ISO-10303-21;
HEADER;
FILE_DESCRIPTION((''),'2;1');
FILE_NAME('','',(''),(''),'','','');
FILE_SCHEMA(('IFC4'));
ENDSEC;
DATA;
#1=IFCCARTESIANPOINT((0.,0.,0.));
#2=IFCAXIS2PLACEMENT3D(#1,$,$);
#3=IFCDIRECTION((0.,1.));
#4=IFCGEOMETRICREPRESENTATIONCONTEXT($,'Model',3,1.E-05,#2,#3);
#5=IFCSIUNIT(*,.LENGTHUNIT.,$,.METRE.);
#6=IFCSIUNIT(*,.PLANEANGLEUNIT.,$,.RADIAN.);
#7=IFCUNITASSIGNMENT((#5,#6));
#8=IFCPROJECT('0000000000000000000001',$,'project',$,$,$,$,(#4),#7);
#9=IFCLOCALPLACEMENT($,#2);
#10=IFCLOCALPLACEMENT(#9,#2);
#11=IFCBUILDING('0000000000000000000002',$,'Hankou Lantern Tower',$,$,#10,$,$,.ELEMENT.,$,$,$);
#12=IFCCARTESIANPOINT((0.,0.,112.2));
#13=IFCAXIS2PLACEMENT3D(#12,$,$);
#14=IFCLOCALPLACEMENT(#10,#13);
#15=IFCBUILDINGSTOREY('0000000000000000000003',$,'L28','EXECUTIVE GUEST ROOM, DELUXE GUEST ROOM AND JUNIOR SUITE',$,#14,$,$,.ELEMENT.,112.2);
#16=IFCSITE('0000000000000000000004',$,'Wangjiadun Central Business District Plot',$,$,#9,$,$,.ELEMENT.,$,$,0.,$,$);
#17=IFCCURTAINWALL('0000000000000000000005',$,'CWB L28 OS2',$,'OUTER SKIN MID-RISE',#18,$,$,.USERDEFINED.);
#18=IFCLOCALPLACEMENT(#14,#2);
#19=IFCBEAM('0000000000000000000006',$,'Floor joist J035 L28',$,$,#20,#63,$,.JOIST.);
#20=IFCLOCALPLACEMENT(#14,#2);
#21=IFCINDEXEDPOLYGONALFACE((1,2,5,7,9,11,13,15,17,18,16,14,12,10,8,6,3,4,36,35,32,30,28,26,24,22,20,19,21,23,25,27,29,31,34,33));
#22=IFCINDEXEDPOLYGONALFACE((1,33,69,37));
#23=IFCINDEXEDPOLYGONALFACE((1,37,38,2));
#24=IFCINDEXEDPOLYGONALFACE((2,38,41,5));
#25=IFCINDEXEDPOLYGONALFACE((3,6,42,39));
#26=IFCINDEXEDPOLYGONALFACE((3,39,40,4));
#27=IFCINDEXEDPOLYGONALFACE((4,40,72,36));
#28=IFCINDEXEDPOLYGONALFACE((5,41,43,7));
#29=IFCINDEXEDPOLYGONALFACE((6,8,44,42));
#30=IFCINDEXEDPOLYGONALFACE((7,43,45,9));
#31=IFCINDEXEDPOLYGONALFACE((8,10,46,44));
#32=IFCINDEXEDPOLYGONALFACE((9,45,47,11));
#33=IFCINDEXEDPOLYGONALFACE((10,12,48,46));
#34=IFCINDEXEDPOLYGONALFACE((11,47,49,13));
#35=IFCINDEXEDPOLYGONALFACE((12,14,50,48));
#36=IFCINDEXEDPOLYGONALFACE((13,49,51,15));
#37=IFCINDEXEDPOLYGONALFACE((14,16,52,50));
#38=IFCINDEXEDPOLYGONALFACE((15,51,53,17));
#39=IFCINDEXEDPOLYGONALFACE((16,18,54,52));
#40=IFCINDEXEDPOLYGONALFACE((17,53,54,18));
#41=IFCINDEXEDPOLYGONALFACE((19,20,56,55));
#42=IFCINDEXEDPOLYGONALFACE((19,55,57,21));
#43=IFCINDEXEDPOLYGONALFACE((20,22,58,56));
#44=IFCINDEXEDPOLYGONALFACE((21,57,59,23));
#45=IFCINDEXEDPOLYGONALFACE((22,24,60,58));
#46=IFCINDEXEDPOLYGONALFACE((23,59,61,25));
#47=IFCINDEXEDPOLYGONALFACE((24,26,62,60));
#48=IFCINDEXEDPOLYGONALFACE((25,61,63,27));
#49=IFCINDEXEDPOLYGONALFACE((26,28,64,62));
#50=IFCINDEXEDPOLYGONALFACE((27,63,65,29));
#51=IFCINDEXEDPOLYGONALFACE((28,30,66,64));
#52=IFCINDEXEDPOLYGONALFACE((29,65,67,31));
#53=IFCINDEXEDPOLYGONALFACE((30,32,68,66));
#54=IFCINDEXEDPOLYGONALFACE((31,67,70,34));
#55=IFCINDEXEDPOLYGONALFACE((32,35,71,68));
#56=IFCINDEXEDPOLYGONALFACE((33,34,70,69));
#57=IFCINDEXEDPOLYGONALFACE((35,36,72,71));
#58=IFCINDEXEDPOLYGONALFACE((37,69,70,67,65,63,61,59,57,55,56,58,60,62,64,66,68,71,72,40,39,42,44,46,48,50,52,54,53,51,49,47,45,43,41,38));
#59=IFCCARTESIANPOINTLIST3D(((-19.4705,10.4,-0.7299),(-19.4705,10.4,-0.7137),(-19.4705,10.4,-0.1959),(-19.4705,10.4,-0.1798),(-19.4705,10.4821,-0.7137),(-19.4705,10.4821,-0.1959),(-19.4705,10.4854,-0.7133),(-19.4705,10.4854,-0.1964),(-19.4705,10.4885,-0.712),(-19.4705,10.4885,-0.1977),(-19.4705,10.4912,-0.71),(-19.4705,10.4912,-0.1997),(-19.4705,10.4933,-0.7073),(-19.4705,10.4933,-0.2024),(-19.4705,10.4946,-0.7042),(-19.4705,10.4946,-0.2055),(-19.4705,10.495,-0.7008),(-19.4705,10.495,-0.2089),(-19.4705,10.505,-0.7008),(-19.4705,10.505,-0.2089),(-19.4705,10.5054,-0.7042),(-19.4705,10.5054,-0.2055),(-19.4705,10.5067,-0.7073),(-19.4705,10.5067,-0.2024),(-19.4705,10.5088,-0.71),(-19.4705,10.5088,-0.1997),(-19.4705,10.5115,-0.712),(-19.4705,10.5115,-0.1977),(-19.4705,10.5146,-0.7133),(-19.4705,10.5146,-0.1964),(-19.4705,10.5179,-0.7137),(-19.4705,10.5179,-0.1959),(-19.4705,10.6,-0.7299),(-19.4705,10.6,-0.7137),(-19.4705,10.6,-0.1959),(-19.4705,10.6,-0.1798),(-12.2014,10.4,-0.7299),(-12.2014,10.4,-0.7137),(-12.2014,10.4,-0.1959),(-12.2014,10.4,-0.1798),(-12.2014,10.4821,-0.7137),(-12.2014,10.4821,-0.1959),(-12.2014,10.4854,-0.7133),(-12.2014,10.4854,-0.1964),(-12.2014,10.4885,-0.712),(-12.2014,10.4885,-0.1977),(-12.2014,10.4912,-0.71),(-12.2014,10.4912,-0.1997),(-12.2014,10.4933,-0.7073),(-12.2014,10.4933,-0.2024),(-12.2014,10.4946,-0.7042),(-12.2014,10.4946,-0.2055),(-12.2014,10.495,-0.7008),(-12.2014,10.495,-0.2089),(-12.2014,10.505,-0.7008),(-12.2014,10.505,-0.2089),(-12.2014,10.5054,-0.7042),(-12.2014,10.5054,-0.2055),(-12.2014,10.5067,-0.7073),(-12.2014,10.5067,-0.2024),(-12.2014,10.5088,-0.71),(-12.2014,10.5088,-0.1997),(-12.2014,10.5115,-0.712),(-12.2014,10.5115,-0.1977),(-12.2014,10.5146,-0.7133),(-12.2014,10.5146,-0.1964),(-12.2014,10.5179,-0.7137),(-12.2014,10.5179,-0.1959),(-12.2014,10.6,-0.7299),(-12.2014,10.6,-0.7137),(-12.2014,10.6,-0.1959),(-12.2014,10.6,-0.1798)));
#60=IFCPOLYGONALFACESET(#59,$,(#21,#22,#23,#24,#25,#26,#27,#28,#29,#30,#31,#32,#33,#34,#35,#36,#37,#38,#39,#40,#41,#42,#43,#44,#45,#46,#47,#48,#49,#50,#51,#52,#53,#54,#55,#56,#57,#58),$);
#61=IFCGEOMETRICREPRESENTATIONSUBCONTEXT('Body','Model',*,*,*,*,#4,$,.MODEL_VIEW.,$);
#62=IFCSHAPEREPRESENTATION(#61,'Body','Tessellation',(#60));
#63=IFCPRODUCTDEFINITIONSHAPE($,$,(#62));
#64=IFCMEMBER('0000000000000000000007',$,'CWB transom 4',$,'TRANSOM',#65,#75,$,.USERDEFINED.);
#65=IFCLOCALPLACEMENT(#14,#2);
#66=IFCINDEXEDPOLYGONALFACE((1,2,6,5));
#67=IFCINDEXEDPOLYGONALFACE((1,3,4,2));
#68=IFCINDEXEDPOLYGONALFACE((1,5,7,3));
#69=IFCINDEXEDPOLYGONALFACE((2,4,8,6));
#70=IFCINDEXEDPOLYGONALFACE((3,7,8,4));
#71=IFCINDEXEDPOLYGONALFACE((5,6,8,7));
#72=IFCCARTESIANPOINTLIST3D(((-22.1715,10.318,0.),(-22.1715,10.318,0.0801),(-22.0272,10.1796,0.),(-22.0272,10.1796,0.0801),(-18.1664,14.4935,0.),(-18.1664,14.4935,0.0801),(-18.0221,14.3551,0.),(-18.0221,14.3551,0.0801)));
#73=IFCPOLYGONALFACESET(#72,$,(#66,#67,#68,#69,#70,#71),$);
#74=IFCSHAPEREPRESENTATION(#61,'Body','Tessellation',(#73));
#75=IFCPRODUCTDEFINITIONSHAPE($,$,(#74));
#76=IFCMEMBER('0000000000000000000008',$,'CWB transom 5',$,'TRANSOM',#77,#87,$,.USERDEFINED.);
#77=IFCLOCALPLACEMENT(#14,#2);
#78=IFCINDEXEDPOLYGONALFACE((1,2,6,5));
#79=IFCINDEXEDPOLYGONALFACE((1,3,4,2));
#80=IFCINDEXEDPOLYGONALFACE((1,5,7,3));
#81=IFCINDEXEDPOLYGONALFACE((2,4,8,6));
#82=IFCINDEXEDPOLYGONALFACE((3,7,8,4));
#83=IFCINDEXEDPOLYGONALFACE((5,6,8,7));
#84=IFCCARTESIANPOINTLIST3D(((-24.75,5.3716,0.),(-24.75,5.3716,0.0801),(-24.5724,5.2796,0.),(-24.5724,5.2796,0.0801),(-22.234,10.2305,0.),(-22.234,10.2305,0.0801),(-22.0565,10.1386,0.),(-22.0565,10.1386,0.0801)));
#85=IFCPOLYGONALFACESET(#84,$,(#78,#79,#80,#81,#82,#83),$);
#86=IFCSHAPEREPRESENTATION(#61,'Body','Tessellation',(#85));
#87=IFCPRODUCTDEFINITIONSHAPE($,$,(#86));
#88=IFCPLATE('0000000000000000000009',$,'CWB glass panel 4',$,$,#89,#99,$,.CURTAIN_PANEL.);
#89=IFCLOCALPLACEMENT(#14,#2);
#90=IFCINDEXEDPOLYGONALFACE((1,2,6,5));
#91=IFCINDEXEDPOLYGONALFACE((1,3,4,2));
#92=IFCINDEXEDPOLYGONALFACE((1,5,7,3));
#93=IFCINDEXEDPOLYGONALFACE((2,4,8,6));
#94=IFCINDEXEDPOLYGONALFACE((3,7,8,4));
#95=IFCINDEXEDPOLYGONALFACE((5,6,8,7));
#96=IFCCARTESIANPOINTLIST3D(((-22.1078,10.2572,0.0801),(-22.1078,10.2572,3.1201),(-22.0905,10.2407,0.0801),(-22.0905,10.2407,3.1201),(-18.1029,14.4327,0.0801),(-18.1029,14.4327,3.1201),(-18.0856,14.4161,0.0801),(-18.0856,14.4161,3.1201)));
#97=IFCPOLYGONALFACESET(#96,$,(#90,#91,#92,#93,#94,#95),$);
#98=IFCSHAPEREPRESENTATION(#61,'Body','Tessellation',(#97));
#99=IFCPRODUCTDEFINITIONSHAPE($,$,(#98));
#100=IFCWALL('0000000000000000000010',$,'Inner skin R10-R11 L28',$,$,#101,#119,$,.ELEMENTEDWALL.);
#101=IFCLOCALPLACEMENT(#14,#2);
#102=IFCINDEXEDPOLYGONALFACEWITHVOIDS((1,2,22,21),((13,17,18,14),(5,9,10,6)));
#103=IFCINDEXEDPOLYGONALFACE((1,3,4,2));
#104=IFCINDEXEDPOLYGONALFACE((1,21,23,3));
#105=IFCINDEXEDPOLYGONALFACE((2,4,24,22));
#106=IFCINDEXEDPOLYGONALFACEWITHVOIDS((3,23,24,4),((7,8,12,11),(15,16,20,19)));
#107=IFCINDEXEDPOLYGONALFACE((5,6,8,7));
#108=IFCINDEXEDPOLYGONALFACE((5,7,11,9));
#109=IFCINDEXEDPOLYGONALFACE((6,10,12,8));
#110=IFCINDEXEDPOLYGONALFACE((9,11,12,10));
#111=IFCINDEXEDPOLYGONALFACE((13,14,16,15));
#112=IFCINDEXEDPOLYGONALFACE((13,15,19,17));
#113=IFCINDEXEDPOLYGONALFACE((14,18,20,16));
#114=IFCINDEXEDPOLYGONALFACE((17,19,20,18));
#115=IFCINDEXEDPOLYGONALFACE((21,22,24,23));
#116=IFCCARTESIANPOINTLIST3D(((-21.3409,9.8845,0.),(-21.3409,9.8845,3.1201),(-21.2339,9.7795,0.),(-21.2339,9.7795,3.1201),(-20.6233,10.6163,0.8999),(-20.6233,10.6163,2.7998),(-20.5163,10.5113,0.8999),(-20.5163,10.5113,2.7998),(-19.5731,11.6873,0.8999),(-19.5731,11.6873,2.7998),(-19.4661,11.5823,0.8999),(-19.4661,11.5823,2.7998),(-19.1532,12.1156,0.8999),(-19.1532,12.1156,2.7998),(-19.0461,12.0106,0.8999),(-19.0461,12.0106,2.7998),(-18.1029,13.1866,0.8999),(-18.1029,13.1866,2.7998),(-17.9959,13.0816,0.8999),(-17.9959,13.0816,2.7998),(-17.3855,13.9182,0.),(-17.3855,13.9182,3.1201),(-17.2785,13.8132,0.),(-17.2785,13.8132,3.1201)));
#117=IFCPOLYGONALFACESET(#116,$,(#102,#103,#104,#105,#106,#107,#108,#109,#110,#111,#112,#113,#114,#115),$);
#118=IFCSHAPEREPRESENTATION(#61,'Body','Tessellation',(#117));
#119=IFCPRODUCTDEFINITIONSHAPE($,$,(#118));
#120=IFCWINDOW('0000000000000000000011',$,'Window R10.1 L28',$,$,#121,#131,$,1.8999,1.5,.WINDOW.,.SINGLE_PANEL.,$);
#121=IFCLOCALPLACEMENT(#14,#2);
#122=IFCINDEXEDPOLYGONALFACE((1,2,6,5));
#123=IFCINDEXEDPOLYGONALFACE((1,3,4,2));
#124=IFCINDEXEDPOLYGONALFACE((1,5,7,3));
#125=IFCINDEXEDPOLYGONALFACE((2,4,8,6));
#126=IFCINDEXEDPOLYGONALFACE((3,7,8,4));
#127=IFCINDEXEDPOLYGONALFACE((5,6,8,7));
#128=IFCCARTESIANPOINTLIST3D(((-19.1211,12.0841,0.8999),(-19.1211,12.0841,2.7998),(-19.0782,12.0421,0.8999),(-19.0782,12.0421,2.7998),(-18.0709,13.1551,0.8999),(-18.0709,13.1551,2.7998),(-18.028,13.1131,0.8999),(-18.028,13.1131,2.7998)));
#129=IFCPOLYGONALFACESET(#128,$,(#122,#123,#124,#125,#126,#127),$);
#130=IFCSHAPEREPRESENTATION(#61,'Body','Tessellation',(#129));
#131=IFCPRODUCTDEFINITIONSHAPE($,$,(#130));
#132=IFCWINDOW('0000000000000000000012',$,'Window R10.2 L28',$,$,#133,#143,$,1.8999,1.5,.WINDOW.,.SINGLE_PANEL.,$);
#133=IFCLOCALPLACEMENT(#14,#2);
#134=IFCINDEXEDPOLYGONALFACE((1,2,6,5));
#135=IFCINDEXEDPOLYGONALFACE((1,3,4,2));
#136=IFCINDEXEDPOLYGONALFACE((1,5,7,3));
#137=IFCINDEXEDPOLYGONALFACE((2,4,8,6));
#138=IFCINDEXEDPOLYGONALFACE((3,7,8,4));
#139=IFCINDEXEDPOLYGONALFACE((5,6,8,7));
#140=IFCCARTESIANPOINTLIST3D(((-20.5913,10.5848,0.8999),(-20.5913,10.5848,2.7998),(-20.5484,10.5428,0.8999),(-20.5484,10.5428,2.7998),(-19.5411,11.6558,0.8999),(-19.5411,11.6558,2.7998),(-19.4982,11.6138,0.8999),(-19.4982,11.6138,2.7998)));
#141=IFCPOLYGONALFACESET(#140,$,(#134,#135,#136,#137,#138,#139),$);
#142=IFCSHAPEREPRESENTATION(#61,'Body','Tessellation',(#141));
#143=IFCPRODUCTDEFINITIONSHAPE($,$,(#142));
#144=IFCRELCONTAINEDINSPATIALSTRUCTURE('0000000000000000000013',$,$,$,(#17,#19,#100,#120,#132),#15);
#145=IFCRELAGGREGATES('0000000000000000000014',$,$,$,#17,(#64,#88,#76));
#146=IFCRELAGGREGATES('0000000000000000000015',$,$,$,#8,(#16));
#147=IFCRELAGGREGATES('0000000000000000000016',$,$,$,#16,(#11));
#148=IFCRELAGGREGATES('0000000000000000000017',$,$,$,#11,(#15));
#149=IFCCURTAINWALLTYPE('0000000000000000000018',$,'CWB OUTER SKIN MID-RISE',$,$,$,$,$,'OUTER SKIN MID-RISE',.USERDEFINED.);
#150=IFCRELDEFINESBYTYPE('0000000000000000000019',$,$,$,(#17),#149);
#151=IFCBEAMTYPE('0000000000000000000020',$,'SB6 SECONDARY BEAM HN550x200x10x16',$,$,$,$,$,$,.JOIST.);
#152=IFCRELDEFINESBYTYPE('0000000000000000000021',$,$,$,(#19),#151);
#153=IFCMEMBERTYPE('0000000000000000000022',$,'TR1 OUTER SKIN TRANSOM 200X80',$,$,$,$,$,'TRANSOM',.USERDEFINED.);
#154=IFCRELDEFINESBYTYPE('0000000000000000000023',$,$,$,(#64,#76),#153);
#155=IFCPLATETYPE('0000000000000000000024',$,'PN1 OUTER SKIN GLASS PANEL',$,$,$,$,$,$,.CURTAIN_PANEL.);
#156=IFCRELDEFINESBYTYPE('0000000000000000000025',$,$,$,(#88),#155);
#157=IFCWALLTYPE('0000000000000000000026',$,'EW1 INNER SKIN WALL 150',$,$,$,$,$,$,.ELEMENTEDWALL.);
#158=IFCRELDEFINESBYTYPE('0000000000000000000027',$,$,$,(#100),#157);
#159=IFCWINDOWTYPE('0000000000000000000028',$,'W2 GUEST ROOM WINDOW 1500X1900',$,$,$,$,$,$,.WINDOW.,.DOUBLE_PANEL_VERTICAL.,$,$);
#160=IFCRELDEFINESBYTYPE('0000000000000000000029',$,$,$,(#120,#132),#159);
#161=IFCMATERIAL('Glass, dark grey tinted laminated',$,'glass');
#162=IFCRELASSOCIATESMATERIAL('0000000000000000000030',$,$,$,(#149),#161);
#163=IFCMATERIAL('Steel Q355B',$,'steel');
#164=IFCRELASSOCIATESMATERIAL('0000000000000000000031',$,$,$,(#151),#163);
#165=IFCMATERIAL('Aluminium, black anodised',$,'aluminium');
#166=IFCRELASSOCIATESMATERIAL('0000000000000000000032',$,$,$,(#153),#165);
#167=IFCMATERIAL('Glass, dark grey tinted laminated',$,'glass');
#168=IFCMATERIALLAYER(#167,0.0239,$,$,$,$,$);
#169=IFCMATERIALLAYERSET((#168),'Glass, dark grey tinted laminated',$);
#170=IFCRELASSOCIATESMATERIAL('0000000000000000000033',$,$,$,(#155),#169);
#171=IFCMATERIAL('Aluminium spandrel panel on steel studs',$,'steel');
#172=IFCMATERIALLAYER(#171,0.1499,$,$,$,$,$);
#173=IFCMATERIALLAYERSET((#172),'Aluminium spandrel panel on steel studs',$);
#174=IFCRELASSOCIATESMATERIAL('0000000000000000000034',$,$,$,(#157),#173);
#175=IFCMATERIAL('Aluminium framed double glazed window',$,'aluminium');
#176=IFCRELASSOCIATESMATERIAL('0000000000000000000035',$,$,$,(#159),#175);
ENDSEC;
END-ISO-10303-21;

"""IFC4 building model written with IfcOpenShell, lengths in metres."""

from ifc_helpers import new_model, si_unit, direction, frame, frame_2d, origin, origin_2d, place, context, subcontext, project, spatial, rectangle, i_section, extrude, material, layer, layer_set, material_profile, profile_set, type_object, element, fill, aggregate, save


model = new_model("IFC4")

# Units and contexts
model_context = context("Model", 3, precision=1e-05, world=origin(), true_north=direction((0.0, 1.0)))
body_context = subcontext(model_context, "Body", "Model", "MODEL_VIEW")
ifc_project = project(units=[si_unit("LENGTHUNIT", "METRE"), si_unit("PLANEANGLEUNIT", "RADIAN")], contexts=[model_context])

# Site, building, storey
site_placement = place(None, origin())
site = spatial("IfcSite", under=ifc_project, at=site_placement, Name="Wangjiadun Central Business District Plot", CompositionType="ELEMENT", RefElevation=0.0)
building_placement = place(site_placement, origin())
building = spatial("IfcBuilding", under=site, at=building_placement, Name="Hankou Lantern Tower", CompositionType="ELEMENT")
storey_placement = place(building_placement, frame((0.0, 0.0, 112.2)))
storey = spatial("IfcBuildingStorey", under=building, at=storey_placement, Name="L28", Description="EXECUTIVE GUEST ROOM, DELUXE GUEST ROOM AND JUNIOR SUITE", CompositionType="ELEMENT", Elevation=112.2)

# Curtain wall
ifc_material_1 = material(Name="Glass, dark grey tinted laminated", Category="glass")
curtain_wall_type = type_object("IfcCurtainWallType", Name="CWB OUTER SKIN MID-RISE", ElementType="OUTER SKIN MID-RISE", PredefinedType="USERDEFINED", material=ifc_material_1)
curtain_wall_placement = place(storey_placement, origin())
curtain_wall = element("IfcCurtainWall", 1, at=curtain_wall_placement, inside=storey, type_object=curtain_wall_type, Name="CWB L28 OS2", ObjectType="OUTER SKIN MID-RISE", PredefinedType="USERDEFINED")

# Beam
ifc_material_2 = material(Name="Steel Q355B", Category="steel")
ifc_material_profile_1 = material_profile(ifc_material_2, i_section(OverallWidth=0.2, OverallDepth=0.55, WebThickness=0.01, FlangeThickness=0.0161, FilletRadius=0.0129, at=origin_2d()), Name="HN550x200x10x16")
ifc_profile_set_1 = profile_set([ifc_material_profile_1], Name="Steel Q355B")
beam_type_1 = type_object("IfcBeamType", Name="SB6 SECONDARY BEAM HN550x200x10x16", PredefinedType="JOIST", material=ifc_profile_set_1)
beam_1_placement = place(storey_placement, frame((-19.4705, 10.5, -0.4548), z_axis=(1.0, 0.0, 0.0), x_axis=(0.0, 1.0, 0.0)))
element("IfcBeam", 2, at=beam_1_placement, inside=storey, type_object=beam_type_1, Name="Floor joist J035 L28", PredefinedType="JOIST", context=body_context, shape_type="SweptSolid", body=[
    extrude(i_section(OverallWidth=0.2, OverallDepth=0.55, WebThickness=0.01, FlangeThickness=0.0161, FilletRadius=0.0129, at=origin_2d()), origin(), (0.0, 0.0, 1.0), 7.269),
])

# Members
ifc_material_3 = material(Name="Aluminium, black anodised", Category="aluminium")
ifc_material_profile_2 = material_profile(ifc_material_3, rectangle(XDim=0.2, YDim=0.0801, at=origin_2d()), Name="TR1 200X80")
ifc_profile_set_2 = profile_set([ifc_material_profile_2], Name="Aluminium, black anodised")
member_type_1 = type_object("IfcMemberType", Name="TR1 OUTER SKIN TRANSOM 200X80", ElementType="TRANSOM", PredefinedType="USERDEFINED", material=ifc_profile_set_2)
member_1_placement = place(storey_placement, frame((-18.0942, 14.4243, 0.04), z_axis=(-0.692227, -0.72168, 0.0), x_axis=(0.72168, -0.692227, 0.0)))
member_1 = element("IfcMember", 3, at=member_1_placement, type_object=member_type_1, Name="CWB transom 4", ObjectType="TRANSOM", PredefinedType="USERDEFINED", context=body_context, shape_type="SweptSolid", body=[
    extrude(rectangle(XDim=0.2, YDim=0.0801, at=origin_2d()), origin(), (0.0, 0.0, 1.0), 5.7859),
])
member_2_placement = place(storey_placement, frame((-22.1453, 10.1846, 0.04), z_axis=(-0.459805, -0.88802, 0.0), x_axis=(0.88802, -0.459805, 0.0)))
member_2 = element("IfcMember", 4, at=member_2_placement, type_object=member_type_1, Name="CWB transom 5", ObjectType="TRANSOM", PredefinedType="USERDEFINED", context=body_context, shape_type="SweptSolid", body=[
    extrude(rectangle(XDim=0.2, YDim=0.0801, at=origin_2d()), origin(), (0.0, 0.0, 1.0), 5.4717),
])

# Plate
ifc_material_4 = material(Name="Glass, dark grey tinted laminated", Category="glass")
ifc_layer_1 = layer(ifc_material_4, 0.0239)
ifc_layer_set_1 = layer_set([ifc_layer_1], Name="Glass, dark grey tinted laminated")
plate_type = type_object("IfcPlateType", Name="PN1 OUTER SKIN GLASS PANEL", PredefinedType="CURTAIN_PANEL", material=ifc_layer_set_1)
plate_placement = place(storey_placement, frame((-20.0967, 12.3367, 0.0801), z_axis=(0.0, 0.0, 1.0), x_axis=(-0.692216, -0.721691, 0.0)))
plate = element("IfcPlate", 5, at=plate_placement, type_object=plate_type, Name="CWB glass panel 4", PredefinedType="CURTAIN_PANEL", context=body_context, shape_type="SweptSolid", body=[
    extrude(rectangle(XDim=5.7856, YDim=0.0239, at=origin_2d()), origin(), (0.0, 0.0, 1.0), 3.04),
])
aggregate(curtain_wall, [member_1, plate, member_2])

# Wall, openings, windows
ifc_material_5 = material(Name="Aluminium spandrel panel on steel studs", Category="steel")
ifc_layer_2 = layer(ifc_material_5, 0.1499)
ifc_layer_set_2 = layer_set([ifc_layer_2], Name="Aluminium spandrel panel on steel studs")
wall_type = type_object("IfcWallType", Name="EW1 INNER SKIN WALL 150", PredefinedType="ELEMENTEDWALL", material=ifc_layer_set_2)
wall_1_placement = place(storey_placement, frame((-17.332, 13.8657, 0.0), z_axis=(0.0, 0.0, 1.0), x_axis=(-0.700137, -0.714009, 0.0)))
wall_1 = element("IfcWall", 6, at=wall_1_placement, inside=storey, type_object=wall_type, Name="Inner skin R10-R11 L28", PredefinedType="ELEMENTEDWALL", context=body_context, shape_type="SweptSolid", body=[
    extrude(rectangle(XDim=5.6494, YDim=0.1499, at=frame_2d((2.8247, 0.0))), origin(), (0.0, 0.0, 1.0), 3.1201),
])
opening_1_placement = place(wall_1_placement, frame((1.0247, 0.0, 0.8999)))
opening_1 = element("IfcOpeningElement", 7, at=opening_1_placement, cuts=wall_1, PredefinedType="OPENING", context=body_context, shape_type="SweptSolid", body=[
    extrude(rectangle(XDim=1.5, YDim=1.8999, at=frame_2d((0.75, 0.95))), frame((0.0, 0.085, 0.0), z_axis=(0.0, -1.0, 0.0), x_axis=(1.0, 0.0, 0.0)), (0.0, 0.0, 1.0), 0.1699),
])
opening_2_placement = place(wall_1_placement, frame((3.1245, 0.0, 0.8999)))
opening_2 = element("IfcOpeningElement", 8, at=opening_2_placement, cuts=wall_1, PredefinedType="OPENING", context=body_context, shape_type="SweptSolid", body=[
    extrude(rectangle(XDim=1.5, YDim=1.8999, at=frame_2d((0.75, 0.95))), frame((0.0, 0.085, 0.0), z_axis=(0.0, -1.0, 0.0), x_axis=(1.0, 0.0, 0.0)), (0.0, 0.0, 1.0), 0.1699),
])
ifc_material_6 = material(Name="Aluminium framed double glazed window", Category="aluminium")
window_type = type_object("IfcWindowType", Name="W2 GUEST ROOM WINDOW 1500X1900", PartitioningType="DOUBLE_PANEL_VERTICAL", PredefinedType="WINDOW", material=ifc_material_6)
window_1_placement = place(opening_1_placement, origin())
window_1 = element("IfcWindow", 9, at=window_1_placement, inside=storey, type_object=window_type, Name="Window R10.1 L28", OverallHeight=1.8999, OverallWidth=1.5, PartitioningType="SINGLE_PANEL", PredefinedType="WINDOW", context=body_context, shape_type="SweptSolid", body=[
    extrude(rectangle(XDim=1.5, YDim=1.8999, at=frame_2d((0.75, 0.95))), frame((0.0, 0.03, 0.0), z_axis=(0.0, -1.0, 0.0), x_axis=(1.0, 0.0, 0.0)), (0.0, 0.0, 1.0), 0.0601),
])
fill(opening_1, window_1)
window_2_placement = place(opening_2_placement, origin())
window_2 = element("IfcWindow", 10, at=window_2_placement, inside=storey, type_object=window_type, Name="Window R10.2 L28", OverallHeight=1.8999, OverallWidth=1.5, PartitioningType="SINGLE_PANEL", PredefinedType="WINDOW", context=body_context, shape_type="SweptSolid", body=[
    extrude(rectangle(XDim=1.5, YDim=1.8999, at=frame_2d((0.75, 0.95))), frame((0.0, 0.03, 0.0), z_axis=(0.0, -1.0, 0.0), x_axis=(1.0, 0.0, 0.0)), (0.0, 0.0, 1.0), 0.0601),
])
fill(opening_2, window_2)

save(model, "model.ifc")
